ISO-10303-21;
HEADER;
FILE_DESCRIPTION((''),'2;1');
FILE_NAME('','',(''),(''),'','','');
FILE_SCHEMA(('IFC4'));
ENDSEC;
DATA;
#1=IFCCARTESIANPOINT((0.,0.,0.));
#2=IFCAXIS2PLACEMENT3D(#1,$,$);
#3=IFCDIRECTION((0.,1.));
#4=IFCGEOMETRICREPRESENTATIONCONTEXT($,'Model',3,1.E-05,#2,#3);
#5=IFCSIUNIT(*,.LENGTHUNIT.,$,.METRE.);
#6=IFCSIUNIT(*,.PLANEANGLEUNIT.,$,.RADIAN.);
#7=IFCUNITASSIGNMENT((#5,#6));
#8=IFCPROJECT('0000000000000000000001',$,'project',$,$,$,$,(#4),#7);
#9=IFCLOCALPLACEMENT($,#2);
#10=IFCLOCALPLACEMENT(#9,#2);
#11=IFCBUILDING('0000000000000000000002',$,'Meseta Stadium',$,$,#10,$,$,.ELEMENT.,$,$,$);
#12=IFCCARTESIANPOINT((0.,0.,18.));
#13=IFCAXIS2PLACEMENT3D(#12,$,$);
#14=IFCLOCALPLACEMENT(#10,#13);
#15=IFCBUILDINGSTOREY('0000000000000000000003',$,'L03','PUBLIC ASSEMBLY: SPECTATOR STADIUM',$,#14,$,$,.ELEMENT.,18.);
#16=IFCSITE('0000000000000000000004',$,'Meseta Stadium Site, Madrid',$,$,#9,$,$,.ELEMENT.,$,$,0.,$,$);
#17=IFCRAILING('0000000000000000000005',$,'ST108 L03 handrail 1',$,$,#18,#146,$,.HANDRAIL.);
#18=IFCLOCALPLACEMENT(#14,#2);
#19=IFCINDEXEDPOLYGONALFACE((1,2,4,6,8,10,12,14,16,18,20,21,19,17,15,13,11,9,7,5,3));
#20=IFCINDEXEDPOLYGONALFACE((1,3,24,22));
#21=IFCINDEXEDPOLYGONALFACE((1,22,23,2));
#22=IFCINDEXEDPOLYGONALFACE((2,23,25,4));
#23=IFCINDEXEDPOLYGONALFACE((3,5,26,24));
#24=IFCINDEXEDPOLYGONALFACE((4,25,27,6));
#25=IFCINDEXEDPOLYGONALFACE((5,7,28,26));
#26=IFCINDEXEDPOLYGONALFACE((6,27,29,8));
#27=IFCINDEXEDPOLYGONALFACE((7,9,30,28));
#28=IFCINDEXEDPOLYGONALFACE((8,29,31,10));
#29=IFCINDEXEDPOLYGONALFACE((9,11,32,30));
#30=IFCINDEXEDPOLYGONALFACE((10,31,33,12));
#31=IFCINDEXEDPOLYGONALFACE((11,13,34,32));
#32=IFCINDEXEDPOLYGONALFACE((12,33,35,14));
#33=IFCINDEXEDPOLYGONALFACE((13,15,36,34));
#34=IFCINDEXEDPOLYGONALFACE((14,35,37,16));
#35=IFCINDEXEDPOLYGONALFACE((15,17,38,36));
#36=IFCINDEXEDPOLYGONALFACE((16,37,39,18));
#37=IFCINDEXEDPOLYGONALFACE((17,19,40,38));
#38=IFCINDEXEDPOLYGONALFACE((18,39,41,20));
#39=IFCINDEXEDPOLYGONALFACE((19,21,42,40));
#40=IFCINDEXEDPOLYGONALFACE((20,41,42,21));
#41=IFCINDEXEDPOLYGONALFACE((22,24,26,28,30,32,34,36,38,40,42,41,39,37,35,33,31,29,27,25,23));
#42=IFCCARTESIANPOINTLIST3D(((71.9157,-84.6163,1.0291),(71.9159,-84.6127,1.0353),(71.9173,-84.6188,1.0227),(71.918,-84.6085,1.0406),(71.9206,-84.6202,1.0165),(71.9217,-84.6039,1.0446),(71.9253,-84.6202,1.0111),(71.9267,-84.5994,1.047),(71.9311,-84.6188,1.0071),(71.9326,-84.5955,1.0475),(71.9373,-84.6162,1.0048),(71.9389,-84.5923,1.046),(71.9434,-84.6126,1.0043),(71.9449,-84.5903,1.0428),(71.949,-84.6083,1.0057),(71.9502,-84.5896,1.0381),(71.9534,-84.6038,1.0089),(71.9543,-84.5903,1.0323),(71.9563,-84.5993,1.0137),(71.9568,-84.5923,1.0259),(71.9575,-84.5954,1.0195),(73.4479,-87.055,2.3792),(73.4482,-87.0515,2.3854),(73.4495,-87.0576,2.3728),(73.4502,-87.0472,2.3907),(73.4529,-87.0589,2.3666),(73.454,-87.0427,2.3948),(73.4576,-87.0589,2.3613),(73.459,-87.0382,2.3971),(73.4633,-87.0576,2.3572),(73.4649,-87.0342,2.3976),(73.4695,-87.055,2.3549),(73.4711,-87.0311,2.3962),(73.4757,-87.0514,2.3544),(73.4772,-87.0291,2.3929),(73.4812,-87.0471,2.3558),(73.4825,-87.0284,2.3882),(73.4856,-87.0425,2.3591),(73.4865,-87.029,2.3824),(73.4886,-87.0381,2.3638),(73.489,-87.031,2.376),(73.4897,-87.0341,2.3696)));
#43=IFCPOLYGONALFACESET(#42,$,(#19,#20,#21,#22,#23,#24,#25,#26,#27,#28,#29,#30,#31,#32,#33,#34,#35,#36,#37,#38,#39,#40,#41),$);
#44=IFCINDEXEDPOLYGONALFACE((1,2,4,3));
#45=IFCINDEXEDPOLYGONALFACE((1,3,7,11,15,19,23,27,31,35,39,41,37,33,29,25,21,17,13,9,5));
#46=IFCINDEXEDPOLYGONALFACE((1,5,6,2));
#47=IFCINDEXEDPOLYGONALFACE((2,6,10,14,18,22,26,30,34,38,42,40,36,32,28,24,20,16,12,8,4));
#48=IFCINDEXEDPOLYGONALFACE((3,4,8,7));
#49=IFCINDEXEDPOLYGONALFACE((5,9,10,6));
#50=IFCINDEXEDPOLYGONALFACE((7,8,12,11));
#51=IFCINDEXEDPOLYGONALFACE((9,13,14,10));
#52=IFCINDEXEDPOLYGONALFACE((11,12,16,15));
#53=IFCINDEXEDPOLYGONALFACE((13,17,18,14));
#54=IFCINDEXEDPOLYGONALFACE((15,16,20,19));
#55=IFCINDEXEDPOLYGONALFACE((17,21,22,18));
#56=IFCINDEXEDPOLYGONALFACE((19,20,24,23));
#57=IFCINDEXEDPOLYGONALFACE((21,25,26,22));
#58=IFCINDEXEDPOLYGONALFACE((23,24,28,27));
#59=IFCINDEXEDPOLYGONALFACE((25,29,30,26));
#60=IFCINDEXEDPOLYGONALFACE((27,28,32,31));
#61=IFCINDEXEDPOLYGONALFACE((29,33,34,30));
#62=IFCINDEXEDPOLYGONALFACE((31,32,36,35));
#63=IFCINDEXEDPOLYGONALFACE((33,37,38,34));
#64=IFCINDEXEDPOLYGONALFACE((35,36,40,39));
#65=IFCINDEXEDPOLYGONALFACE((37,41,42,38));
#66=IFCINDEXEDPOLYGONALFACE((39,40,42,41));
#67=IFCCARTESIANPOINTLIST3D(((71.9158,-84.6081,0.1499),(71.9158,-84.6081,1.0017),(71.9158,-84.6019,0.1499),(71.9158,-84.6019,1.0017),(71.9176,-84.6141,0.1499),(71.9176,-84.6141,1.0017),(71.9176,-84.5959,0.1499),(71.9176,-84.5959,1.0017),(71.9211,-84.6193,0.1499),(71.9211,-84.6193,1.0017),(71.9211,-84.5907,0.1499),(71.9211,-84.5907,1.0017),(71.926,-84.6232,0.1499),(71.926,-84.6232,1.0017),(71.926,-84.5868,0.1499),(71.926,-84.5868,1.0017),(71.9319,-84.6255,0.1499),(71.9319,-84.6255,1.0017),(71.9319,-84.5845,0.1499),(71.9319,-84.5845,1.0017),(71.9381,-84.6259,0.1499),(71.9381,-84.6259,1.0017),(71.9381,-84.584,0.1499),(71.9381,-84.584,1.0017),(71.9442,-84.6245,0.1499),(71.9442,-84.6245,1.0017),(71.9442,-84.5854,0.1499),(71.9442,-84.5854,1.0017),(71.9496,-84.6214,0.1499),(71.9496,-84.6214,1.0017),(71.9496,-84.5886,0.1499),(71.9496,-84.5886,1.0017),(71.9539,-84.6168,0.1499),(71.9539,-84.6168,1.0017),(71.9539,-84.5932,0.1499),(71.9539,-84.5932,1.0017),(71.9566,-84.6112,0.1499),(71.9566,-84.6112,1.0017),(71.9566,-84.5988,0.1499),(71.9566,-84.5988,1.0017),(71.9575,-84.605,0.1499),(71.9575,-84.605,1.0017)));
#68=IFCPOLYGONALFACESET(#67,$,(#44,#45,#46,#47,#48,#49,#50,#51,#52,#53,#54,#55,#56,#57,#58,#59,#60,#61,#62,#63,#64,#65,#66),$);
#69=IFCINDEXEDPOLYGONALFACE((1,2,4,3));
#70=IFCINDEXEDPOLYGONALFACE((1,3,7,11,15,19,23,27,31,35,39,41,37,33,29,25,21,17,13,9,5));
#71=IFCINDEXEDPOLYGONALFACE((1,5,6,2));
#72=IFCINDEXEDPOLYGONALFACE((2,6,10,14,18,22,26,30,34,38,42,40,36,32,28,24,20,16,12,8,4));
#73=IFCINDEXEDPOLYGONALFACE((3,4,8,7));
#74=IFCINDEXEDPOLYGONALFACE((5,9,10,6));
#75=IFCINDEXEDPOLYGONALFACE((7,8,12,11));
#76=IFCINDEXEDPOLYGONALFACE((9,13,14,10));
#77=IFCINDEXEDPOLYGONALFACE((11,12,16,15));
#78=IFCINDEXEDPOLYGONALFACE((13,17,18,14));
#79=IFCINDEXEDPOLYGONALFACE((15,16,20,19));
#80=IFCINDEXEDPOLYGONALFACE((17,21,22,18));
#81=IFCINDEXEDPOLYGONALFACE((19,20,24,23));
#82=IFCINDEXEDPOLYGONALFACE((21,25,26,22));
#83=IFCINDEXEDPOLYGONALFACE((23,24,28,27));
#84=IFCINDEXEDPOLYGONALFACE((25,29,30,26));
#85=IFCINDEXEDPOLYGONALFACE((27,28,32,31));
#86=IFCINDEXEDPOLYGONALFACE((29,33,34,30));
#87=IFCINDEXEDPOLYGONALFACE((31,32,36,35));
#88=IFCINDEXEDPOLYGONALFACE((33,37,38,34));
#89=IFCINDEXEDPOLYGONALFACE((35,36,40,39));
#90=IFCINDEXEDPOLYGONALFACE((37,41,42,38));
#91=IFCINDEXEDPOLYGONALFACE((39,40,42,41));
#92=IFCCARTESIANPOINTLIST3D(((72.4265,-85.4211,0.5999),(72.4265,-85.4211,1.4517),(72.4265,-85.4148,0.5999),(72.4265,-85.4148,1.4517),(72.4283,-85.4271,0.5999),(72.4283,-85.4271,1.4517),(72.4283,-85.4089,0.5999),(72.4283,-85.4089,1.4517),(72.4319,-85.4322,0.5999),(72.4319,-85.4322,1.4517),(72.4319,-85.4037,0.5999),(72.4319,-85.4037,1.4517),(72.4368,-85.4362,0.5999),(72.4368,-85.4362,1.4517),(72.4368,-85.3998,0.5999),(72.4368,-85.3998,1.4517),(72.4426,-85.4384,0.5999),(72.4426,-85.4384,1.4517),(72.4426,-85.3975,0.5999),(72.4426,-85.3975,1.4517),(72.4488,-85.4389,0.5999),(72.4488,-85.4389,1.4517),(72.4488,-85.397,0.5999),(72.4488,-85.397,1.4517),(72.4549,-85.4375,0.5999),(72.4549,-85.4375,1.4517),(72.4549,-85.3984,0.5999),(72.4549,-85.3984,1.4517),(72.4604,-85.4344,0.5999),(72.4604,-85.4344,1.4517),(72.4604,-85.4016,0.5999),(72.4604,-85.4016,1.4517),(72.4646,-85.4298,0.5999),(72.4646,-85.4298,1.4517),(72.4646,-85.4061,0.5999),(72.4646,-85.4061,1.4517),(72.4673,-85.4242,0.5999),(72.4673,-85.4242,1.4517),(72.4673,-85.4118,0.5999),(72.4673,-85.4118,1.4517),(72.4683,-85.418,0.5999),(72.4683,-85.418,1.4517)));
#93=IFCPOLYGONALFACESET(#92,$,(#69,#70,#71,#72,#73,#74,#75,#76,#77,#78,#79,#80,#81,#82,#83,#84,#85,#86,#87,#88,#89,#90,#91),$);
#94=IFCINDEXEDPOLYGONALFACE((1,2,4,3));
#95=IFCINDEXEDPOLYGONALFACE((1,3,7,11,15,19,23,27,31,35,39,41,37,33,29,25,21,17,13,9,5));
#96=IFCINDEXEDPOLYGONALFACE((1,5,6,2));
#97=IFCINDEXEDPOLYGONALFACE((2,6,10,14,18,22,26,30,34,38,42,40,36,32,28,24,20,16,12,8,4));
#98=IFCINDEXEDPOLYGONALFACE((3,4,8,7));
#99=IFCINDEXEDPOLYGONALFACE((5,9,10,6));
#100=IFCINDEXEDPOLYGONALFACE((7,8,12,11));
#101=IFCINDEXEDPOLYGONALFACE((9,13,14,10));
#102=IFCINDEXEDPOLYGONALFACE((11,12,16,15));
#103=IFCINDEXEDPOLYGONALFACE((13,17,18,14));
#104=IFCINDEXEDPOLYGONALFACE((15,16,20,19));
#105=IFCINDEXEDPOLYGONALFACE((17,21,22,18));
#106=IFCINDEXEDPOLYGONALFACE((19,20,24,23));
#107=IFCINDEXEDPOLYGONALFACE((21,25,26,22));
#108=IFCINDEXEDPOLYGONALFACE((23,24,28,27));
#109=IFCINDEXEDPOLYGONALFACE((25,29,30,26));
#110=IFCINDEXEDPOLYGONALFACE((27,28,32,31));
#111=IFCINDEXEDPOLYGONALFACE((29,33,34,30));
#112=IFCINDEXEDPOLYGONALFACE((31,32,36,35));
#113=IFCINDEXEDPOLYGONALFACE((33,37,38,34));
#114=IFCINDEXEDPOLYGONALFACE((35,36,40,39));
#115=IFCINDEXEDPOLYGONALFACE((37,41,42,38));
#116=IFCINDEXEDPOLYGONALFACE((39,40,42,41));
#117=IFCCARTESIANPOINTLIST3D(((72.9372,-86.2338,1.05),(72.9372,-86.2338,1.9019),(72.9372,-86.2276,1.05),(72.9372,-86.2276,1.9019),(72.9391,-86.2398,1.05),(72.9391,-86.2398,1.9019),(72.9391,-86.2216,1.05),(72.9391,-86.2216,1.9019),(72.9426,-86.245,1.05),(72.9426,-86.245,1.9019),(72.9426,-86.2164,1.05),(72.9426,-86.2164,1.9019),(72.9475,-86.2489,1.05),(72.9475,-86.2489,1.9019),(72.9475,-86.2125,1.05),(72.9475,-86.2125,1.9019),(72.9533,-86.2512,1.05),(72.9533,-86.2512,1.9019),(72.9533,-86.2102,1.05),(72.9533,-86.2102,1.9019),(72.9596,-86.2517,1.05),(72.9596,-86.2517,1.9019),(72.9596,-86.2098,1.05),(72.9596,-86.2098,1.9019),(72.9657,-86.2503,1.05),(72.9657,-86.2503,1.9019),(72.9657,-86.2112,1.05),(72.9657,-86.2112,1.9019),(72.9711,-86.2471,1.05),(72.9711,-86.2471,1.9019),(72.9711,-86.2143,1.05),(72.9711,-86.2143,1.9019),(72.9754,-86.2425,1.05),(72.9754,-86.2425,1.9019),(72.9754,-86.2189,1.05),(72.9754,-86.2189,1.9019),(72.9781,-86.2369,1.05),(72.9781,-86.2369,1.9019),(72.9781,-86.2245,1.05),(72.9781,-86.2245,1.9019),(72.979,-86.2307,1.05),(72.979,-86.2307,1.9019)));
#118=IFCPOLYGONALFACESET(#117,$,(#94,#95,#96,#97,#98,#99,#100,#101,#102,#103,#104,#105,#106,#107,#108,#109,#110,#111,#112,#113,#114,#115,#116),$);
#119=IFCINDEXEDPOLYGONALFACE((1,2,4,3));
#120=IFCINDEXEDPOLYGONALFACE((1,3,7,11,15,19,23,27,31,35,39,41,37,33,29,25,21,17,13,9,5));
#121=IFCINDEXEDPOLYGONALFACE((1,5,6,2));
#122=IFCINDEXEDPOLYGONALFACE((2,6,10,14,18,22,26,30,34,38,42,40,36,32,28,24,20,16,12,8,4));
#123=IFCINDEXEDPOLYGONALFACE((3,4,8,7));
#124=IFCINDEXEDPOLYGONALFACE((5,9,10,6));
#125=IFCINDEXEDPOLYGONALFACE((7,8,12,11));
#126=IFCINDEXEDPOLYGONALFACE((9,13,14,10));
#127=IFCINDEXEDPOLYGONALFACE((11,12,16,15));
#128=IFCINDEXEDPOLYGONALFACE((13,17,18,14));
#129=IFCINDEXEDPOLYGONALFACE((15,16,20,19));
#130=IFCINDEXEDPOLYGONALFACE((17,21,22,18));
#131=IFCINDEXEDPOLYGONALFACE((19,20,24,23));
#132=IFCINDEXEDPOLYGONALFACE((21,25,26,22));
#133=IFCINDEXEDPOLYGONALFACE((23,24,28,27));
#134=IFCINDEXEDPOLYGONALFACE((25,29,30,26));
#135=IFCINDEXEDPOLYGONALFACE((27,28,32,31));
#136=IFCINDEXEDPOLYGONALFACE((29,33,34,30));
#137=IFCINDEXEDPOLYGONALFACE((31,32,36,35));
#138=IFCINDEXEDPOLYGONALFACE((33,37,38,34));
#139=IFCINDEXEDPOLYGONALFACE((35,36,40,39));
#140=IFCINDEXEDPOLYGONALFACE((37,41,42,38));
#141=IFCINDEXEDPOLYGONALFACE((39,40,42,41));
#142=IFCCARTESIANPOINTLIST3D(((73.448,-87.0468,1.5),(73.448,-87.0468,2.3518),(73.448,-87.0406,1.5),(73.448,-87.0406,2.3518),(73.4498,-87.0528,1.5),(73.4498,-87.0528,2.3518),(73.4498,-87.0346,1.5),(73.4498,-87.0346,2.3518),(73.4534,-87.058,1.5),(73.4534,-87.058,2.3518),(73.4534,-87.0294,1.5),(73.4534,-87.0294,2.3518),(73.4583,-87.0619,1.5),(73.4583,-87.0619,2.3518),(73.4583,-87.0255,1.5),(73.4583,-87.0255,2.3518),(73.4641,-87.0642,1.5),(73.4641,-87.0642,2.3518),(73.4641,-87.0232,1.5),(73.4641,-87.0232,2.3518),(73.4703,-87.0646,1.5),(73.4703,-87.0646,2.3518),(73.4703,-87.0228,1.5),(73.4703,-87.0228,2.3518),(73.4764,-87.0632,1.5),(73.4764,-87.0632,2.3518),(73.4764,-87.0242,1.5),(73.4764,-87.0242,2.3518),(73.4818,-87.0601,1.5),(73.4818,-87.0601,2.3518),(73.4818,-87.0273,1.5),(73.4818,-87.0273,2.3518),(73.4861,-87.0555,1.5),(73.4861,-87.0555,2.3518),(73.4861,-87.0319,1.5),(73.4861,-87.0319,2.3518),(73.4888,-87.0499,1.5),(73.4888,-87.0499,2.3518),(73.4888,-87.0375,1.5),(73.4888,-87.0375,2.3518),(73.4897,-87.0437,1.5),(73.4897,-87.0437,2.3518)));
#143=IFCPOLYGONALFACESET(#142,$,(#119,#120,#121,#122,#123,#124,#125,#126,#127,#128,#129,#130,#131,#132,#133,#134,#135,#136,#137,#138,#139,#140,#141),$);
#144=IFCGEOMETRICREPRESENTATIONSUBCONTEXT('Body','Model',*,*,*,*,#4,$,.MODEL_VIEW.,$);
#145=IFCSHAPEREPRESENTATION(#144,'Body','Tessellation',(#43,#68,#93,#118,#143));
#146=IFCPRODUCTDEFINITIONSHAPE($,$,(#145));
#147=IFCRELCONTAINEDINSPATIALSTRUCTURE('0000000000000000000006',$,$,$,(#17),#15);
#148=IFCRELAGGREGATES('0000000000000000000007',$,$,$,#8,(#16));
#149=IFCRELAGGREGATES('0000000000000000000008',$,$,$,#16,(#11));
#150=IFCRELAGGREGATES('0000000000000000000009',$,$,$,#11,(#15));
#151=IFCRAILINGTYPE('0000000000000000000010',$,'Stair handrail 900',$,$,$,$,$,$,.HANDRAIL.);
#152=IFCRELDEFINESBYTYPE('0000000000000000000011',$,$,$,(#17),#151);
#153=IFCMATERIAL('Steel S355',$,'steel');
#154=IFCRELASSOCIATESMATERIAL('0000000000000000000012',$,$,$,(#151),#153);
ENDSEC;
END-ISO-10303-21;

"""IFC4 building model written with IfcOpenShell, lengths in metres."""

from ifc_helpers import new_model, si_unit, direction, frame, origin, origin_2d, place, context, subcontext, project, spatial, circle, extrude, material, type_object, element, save


model = new_model("IFC4")

# Units and contexts
model_context = context("Model", 3, precision=1e-05, world=origin(), true_north=direction((0.0, 1.0)))
body_context = subcontext(model_context, "Body", "Model", "MODEL_VIEW")
ifc_project = project(units=[si_unit("LENGTHUNIT", "METRE"), si_unit("PLANEANGLEUNIT", "RADIAN")], contexts=[model_context])

# Site, building, storey
site_placement = place(None, origin())
site = spatial("IfcSite", under=ifc_project, at=site_placement, Name="Meseta Stadium Site, Madrid", CompositionType="ELEMENT", RefElevation=0.0)
building_placement = place(site_placement, origin())
building = spatial("IfcBuilding", under=site, at=building_placement, Name="Meseta Stadium", CompositionType="ELEMENT")
storey_placement = place(building_placement, frame((0.0, 0.0, 18.0)))
storey = spatial("IfcBuildingStorey", under=building, at=storey_placement, Name="L03", Description="PUBLIC ASSEMBLY: SPECTATOR STADIUM", CompositionType="ELEMENT", Elevation=18.0)

# Railing
ifc_material_1 = material(Name="Steel S355", Category="steel")
railing_type_1 = type_object("IfcRailingType", Name="Stair handrail 900", PredefinedType="HANDRAIL", material=ifc_material_1)
for number, where, name in (
    (1, (71.9365, -84.605, 0.1499), "ST108 L03 handrail 1"),
):
    element("IfcRailing", number, at=place(storey_placement, frame(where)), inside=storey, type_object=railing_type_1, Name=name, PredefinedType="HANDRAIL", context=body_context, shape_type="SweptSolid", body=[
        extrude(circle(Radius=0.0239, at=origin_2d()), frame((0.0, 0.0, 0.876), z_axis=(0.481703, -0.766687, 0.424445), x_axis=(0.846743, 0.532001, 0.0)), (0.0, 0.0, 1.0), 3.1809),
        extrude(circle(Radius=0.021, at=origin_2d()), origin(), (0.0, 0.0, 1.0), 0.8518),
        extrude(circle(Radius=0.021, at=origin_2d()), frame((0.5107, -0.813, 0.45)), (0.0, 0.0, 1.0), 0.8518),
        extrude(circle(Radius=0.021, at=origin_2d()), frame((1.0215, -1.6257, 0.9001)), (0.0, 0.0, 1.0), 0.8518),
        extrude(circle(Radius=0.021, at=origin_2d()), frame((1.5322, -2.4387, 1.3501)), (0.0, 0.0, 1.0), 0.8518),
    ])

save(model, "model.ifc")
